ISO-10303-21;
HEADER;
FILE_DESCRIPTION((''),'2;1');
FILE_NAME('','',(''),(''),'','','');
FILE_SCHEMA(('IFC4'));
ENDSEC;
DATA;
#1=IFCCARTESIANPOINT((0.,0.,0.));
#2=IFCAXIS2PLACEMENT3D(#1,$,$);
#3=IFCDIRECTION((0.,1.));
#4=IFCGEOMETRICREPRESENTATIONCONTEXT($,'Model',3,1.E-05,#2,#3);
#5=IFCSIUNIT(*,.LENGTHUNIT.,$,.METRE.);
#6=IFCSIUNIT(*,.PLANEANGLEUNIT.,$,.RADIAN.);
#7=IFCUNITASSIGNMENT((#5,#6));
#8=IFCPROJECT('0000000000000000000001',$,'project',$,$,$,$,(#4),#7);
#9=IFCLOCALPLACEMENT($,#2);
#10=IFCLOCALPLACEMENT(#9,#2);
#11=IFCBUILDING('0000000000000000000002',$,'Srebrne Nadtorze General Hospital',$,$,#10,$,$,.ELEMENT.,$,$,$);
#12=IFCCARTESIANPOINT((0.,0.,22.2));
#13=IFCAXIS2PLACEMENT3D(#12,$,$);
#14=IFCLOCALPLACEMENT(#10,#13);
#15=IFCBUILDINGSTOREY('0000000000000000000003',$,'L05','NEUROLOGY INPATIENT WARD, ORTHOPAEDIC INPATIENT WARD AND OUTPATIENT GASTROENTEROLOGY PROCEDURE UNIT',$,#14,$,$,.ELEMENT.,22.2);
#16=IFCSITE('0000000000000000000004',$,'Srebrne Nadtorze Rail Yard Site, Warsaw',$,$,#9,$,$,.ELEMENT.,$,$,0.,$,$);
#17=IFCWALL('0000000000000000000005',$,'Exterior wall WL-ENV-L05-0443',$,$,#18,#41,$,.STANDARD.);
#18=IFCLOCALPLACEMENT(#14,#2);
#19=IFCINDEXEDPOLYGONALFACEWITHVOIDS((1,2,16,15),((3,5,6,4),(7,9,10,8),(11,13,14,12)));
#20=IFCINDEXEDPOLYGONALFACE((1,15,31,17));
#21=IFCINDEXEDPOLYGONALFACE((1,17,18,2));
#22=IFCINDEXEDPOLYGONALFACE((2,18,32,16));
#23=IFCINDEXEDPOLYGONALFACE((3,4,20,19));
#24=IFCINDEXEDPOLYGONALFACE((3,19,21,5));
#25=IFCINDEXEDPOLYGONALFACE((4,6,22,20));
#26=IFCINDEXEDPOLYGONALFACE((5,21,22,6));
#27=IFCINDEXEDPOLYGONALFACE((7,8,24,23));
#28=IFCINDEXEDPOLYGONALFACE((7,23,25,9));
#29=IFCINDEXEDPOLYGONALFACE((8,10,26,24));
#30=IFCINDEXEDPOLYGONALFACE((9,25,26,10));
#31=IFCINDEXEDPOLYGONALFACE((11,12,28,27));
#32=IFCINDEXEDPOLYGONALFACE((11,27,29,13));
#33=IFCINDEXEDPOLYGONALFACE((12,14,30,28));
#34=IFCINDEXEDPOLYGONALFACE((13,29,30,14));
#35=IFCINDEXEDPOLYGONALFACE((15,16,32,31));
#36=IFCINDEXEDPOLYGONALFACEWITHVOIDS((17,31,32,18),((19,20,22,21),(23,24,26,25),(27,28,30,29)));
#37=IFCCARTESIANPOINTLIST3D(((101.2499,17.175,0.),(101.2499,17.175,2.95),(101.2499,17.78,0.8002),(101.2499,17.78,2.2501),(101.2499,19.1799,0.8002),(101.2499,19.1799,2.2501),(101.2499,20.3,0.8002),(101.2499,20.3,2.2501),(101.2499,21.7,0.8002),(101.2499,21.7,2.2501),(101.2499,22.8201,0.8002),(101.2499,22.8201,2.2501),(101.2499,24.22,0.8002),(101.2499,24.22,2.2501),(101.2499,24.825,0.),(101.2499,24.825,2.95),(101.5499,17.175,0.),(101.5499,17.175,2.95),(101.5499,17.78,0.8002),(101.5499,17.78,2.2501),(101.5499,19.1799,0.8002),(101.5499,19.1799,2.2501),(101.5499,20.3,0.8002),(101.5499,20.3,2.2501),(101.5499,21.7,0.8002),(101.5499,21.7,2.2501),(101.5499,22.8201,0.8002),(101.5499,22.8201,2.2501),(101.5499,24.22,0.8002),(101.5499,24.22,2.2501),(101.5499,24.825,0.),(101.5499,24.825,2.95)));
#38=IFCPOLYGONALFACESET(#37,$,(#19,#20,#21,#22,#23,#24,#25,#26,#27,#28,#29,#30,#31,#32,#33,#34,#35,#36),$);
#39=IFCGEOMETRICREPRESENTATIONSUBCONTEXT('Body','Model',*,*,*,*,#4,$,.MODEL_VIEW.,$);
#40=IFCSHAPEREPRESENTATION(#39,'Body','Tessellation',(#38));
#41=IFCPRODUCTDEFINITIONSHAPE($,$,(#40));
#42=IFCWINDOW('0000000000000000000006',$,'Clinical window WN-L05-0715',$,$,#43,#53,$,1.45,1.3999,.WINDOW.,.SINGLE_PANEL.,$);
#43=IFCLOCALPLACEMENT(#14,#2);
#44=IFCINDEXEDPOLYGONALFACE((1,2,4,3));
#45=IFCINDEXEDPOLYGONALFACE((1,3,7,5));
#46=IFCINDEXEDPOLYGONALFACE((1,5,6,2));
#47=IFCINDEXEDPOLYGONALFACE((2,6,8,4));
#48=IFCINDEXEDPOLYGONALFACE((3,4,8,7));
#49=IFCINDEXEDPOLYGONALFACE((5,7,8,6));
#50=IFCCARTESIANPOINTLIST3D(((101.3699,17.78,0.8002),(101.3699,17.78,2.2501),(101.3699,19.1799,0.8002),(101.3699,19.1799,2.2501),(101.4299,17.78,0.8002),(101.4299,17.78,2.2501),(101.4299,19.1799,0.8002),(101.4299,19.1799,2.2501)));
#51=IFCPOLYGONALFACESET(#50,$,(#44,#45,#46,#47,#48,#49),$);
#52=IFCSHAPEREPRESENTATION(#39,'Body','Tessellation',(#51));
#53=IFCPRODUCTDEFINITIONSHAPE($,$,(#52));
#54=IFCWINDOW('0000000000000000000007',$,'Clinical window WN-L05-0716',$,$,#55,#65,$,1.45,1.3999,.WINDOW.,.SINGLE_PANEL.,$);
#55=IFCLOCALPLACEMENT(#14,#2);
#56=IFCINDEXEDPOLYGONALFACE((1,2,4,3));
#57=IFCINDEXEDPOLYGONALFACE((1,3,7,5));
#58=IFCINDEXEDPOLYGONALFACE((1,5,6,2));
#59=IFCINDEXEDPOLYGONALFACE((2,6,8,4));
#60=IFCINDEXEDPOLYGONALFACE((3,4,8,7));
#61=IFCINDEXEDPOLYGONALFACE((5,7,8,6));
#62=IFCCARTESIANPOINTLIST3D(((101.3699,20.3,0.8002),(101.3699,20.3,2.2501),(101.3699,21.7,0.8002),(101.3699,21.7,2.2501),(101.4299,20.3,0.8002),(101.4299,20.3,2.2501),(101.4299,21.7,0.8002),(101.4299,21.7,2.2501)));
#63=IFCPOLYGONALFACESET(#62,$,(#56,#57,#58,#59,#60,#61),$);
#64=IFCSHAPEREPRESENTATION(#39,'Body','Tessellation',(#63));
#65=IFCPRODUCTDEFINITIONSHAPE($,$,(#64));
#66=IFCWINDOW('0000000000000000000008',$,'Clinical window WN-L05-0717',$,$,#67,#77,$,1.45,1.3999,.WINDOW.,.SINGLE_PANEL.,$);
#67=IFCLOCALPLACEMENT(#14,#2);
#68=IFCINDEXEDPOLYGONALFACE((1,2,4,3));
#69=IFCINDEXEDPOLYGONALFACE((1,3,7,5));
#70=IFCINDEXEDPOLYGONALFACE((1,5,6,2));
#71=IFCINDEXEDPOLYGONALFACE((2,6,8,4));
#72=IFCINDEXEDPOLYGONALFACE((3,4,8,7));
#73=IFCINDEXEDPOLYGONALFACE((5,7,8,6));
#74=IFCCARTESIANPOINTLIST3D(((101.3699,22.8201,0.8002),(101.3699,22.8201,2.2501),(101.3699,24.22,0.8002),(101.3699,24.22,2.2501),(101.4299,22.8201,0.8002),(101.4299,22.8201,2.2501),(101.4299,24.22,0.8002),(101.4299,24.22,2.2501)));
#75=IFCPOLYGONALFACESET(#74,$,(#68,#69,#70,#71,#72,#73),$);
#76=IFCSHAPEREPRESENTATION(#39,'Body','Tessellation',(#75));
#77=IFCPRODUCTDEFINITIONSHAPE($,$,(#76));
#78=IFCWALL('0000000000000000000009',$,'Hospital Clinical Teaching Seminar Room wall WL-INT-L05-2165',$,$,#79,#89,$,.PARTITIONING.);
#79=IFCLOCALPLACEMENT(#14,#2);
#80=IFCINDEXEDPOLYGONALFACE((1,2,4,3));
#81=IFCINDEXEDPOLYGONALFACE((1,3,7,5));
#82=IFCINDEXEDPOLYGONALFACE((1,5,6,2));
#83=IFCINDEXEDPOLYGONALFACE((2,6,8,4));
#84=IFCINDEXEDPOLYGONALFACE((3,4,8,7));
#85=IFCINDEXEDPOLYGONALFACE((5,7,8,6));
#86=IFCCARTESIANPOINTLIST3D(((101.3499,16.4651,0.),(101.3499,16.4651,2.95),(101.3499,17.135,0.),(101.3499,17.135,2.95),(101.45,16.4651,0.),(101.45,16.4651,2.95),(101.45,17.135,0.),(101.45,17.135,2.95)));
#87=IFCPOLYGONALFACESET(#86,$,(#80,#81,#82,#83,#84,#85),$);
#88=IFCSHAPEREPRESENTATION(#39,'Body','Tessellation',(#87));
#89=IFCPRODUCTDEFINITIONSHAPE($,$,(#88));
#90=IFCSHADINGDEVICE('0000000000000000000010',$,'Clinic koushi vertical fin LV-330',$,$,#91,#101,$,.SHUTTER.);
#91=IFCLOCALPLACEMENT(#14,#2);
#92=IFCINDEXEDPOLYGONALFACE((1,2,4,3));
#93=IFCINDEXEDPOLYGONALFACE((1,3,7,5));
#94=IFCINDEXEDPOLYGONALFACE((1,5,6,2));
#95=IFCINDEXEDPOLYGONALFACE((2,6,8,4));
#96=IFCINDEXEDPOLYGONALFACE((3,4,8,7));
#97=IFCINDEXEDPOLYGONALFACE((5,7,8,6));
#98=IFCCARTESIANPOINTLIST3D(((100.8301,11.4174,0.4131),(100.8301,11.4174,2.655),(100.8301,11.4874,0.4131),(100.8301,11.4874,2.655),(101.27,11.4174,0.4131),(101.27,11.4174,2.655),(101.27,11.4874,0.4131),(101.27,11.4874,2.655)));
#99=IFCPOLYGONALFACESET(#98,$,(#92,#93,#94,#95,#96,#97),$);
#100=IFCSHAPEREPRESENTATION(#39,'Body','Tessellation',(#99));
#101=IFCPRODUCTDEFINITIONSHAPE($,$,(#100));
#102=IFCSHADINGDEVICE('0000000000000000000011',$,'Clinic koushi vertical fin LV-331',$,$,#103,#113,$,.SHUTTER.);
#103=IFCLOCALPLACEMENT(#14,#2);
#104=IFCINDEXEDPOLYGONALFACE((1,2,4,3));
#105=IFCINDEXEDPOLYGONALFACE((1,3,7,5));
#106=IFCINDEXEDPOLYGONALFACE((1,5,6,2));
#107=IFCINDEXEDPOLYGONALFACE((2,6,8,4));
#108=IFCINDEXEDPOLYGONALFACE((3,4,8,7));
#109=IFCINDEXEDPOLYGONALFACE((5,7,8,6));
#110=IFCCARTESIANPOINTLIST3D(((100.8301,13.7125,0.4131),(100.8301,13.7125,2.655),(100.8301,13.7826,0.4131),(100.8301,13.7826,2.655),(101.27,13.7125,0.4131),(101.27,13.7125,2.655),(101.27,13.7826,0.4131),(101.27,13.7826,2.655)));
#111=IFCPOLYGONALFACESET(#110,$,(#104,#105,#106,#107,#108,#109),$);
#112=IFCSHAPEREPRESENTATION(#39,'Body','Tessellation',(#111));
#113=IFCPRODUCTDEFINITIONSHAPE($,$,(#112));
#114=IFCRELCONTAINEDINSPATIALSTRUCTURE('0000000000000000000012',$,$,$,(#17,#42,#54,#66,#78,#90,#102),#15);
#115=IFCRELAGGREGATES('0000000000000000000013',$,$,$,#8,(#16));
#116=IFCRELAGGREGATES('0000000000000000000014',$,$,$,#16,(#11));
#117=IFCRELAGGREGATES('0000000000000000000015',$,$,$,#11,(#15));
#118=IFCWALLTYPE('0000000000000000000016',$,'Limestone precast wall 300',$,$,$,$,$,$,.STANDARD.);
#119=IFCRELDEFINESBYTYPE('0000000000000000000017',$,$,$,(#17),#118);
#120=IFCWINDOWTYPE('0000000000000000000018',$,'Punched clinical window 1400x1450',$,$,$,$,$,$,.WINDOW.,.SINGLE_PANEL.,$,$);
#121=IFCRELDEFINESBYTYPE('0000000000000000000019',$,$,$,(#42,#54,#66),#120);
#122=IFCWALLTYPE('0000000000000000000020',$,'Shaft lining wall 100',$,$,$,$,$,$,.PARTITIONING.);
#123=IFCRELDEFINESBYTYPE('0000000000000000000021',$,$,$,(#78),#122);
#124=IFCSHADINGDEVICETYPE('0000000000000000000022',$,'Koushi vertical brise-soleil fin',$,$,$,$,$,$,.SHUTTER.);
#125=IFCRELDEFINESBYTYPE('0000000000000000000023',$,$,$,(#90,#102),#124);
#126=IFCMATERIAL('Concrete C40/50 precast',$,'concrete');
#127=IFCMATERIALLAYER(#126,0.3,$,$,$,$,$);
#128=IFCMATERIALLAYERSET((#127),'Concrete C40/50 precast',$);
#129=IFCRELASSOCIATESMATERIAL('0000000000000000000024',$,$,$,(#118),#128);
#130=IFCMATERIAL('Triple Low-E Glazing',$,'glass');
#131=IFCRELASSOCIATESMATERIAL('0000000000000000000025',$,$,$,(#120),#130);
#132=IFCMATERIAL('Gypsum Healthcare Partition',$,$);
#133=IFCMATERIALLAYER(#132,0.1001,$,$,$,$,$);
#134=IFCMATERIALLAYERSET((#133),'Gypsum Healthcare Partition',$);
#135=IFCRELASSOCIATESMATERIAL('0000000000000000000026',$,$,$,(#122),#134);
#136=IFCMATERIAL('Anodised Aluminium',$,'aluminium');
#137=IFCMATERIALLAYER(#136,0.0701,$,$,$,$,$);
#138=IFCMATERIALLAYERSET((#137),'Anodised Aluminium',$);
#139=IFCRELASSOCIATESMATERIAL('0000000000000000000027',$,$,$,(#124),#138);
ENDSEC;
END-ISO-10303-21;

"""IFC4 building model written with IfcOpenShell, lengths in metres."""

from ifc_helpers import new_model, si_unit, direction, frame, frame_2d, origin, origin_2d, place, context, subcontext, project, spatial, rectangle, extrude, material, layer, layer_set, type_object, element, fill, save


model = new_model("IFC4")

# Units and contexts
model_context = context("Model", 3, precision=1e-05, world=origin(), true_north=direction((0.0, 1.0)))
body_context = subcontext(model_context, "Body", "Model", "MODEL_VIEW")
ifc_project = project(units=[si_unit("LENGTHUNIT", "METRE"), si_unit("PLANEANGLEUNIT", "RADIAN")], contexts=[model_context])

# Site, building, storey
site_placement = place(None, origin())
site = spatial("IfcSite", under=ifc_project, at=site_placement, Name="Srebrne Nadtorze Rail Yard Site, Warsaw", CompositionType="ELEMENT", RefElevation=0.0)
building_placement = place(site_placement, origin())
building = spatial("IfcBuilding", under=site, at=building_placement, Name="Srebrne Nadtorze General Hospital", CompositionType="ELEMENT")
storey_placement = place(building_placement, frame((0.0, 0.0, 22.2)))
storey = spatial("IfcBuildingStorey", under=building, at=storey_placement, Name="L05", Description="NEUROLOGY INPATIENT WARD, ORTHOPAEDIC INPATIENT WARD AND OUTPATIENT GASTROENTEROLOGY PROCEDURE UNIT", CompositionType="ELEMENT", Elevation=22.2)

# Wall, openings, windows
ifc_material_1 = material(Name="Concrete C40/50 precast", Category="concrete")
ifc_layer_1 = layer(ifc_material_1, 0.3)
ifc_layer_set_1 = layer_set([ifc_layer_1], Name="Concrete C40/50 precast")
wall_type_1 = type_object("IfcWallType", Name="Limestone precast wall 300", PredefinedType="STANDARD", material=ifc_layer_set_1)
wall_1_placement = place(storey_placement, frame((101.3999, 17.175, 0.0), z_axis=(0.0, 0.0, 1.0), x_axis=(0.0, 1.0, 0.0)))
wall_1 = element("IfcWall", 1, at=wall_1_placement, inside=storey, type_object=wall_type_1, Name="Exterior wall WL-ENV-L05-0443", PredefinedType="STANDARD", context=body_context, shape_type="SweptSolid", body=[
    extrude(rectangle(XDim=7.6499, YDim=0.3, at=frame_2d((3.825, 0.0))), origin(), (0.0, 0.0, 1.0), 2.95),
])
opening_1_placement = place(wall_1_placement, frame((0.605, 0.0, 0.8)))
opening_1 = element("IfcOpeningElement", 2, at=opening_1_placement, cuts=wall_1, PredefinedType="OPENING", context=body_context, shape_type="SweptSolid", body=[
    extrude(rectangle(XDim=1.3999, YDim=1.45, at=frame_2d((0.7, 0.7251))), frame((0.0, 0.1621, 0.0), z_axis=(0.0, -1.0, 0.0), x_axis=(1.0, 0.0, 0.0)), (0.0, 0.0, 1.0), 0.324),
])
opening_2_placement = place(wall_1_placement, frame((3.125, 0.0, 0.8)))
opening_2 = element("IfcOpeningElement", 3, at=opening_2_placement, cuts=wall_1, PredefinedType="OPENING", context=body_context, shape_type="SweptSolid", body=[
    extrude(rectangle(XDim=1.3999, YDim=1.45, at=frame_2d((0.7, 0.7251))), frame((0.0, 0.1621, 0.0), z_axis=(0.0, -1.0, 0.0), x_axis=(1.0, 0.0, 0.0)), (0.0, 0.0, 1.0), 0.324),
])
opening_3_placement = place(wall_1_placement, frame((5.645, 0.0, 0.8)))
opening_3 = element("IfcOpeningElement", 4, at=opening_3_placement, cuts=wall_1, PredefinedType="OPENING", context=body_context, shape_type="SweptSolid", body=[
    extrude(rectangle(XDim=1.3999, YDim=1.45, at=frame_2d((0.7, 0.7251))), frame((0.0, 0.1621, 0.0), z_axis=(0.0, -1.0, 0.0), x_axis=(1.0, 0.0, 0.0)), (0.0, 0.0, 1.0), 0.324),
])
ifc_material_2 = material(Name="Triple Low-E Glazing", Category="glass")
window_type_1 = type_object("IfcWindowType", Name="Punched clinical window 1400x1450", PartitioningType="SINGLE_PANEL", PredefinedType="WINDOW", material=ifc_material_2)
window_1_placement = place(opening_1_placement, origin())
window_1 = element("IfcWindow", 5, at=window_1_placement, inside=storey, type_object=window_type_1, Name="Clinical window WN-L05-0715", OverallHeight=1.45, OverallWidth=1.3999, PartitioningType="SINGLE_PANEL", PredefinedType="WINDOW", context=body_context, shape_type="SweptSolid", body=[
    extrude(rectangle(XDim=1.3999, YDim=1.45, at=frame_2d((0.7, 0.7251))), frame((0.0, 0.03, 0.0), z_axis=(0.0, -1.0, 0.0), x_axis=(1.0, 0.0, 0.0)), (0.0, 0.0, 1.0), 0.0601),
])
fill(opening_1, window_1)
window_2_placement = place(opening_2_placement, origin())
window_2 = element("IfcWindow", 6, at=window_2_placement, inside=storey, type_object=window_type_1, Name="Clinical window WN-L05-0716", OverallHeight=1.45, OverallWidth=1.3999, PartitioningType="SINGLE_PANEL", PredefinedType="WINDOW", context=body_context, shape_type="SweptSolid", body=[
    extrude(rectangle(XDim=1.3999, YDim=1.45, at=frame_2d((0.7, 0.7251))), frame((0.0, 0.03, 0.0), z_axis=(0.0, -1.0, 0.0), x_axis=(1.0, 0.0, 0.0)), (0.0, 0.0, 1.0), 0.0601),
])
fill(opening_2, window_2)
window_3_placement = place(opening_3_placement, origin())
window_3 = element("IfcWindow", 7, at=window_3_placement, inside=storey, type_object=window_type_1, Name="Clinical window WN-L05-0717", OverallHeight=1.45, OverallWidth=1.3999, PartitioningType="SINGLE_PANEL", PredefinedType="WINDOW", context=body_context, shape_type="SweptSolid", body=[
    extrude(rectangle(XDim=1.3999, YDim=1.45, at=frame_2d((0.7, 0.7251))), frame((0.0, 0.03, 0.0), z_axis=(0.0, -1.0, 0.0), x_axis=(1.0, 0.0, 0.0)), (0.0, 0.0, 1.0), 0.0601),
])
fill(opening_3, window_3)

# Wall
ifc_material_3 = material(Name="Gypsum Healthcare Partition")
ifc_layer_2 = layer(ifc_material_3, 0.1001)
ifc_layer_set_2 = layer_set([ifc_layer_2], Name="Gypsum Healthcare Partition")
wall_type_2 = type_object("IfcWallType", Name="Shaft lining wall 100", PredefinedType="PARTITIONING", material=ifc_layer_set_2)
wall_2_placement = place(storey_placement, frame((101.3999, 16.4651, 0.0), z_axis=(0.0, 0.0, 1.0), x_axis=(0.0, 1.0, 0.0)))
element("IfcWall", 8, at=wall_2_placement, inside=storey, type_object=wall_type_2, Name="Hospital Clinical Teaching Seminar Room wall WL-INT-L05-2165", PredefinedType="PARTITIONING", context=body_context, shape_type="SweptSolid", body=[
    extrude(rectangle(XDim=0.6699, YDim=0.1001, at=frame_2d((0.335, 0.0))), origin(), (0.0, 0.0, 1.0), 2.95),
])

# Shading devices
ifc_material_4 = material(Name="Anodised Aluminium", Category="aluminium")
ifc_layer_3 = layer(ifc_material_4, 0.0701)
ifc_layer_set_3 = layer_set([ifc_layer_3], Name="Anodised Aluminium")
shading_device_type = type_object("IfcShadingDeviceType", Name="Koushi vertical brise-soleil fin", PredefinedType="SHUTTER", material=ifc_layer_set_3)
for number, where, z_axis, x_axis, name in (
    (9, (101.05, 11.4524, 0.4131), (0.0, 0.0, 1.0), (1.0, 0.0, 0.0), "Clinic koushi vertical fin LV-330"),
    (10, (101.05, 13.7476, 0.4131), (0.0, 0.0, 1.0), (1.0, 0.0, 0.0), "Clinic koushi vertical fin LV-331"),
):
    element("IfcShadingDevice", number, at=place(storey_placement, frame(where, z_axis=z_axis, x_axis=x_axis)), inside=storey, type_object=shading_device_type, Name=name, PredefinedType="SHUTTER", context=body_context, shape_type="SweptSolid", body=[
        extrude(rectangle(XDim=0.4399, YDim=0.0701, at=origin_2d()), origin(), (0.0, 0.0, 1.0), 2.2419),
    ])

save(model, "model.ifc")
